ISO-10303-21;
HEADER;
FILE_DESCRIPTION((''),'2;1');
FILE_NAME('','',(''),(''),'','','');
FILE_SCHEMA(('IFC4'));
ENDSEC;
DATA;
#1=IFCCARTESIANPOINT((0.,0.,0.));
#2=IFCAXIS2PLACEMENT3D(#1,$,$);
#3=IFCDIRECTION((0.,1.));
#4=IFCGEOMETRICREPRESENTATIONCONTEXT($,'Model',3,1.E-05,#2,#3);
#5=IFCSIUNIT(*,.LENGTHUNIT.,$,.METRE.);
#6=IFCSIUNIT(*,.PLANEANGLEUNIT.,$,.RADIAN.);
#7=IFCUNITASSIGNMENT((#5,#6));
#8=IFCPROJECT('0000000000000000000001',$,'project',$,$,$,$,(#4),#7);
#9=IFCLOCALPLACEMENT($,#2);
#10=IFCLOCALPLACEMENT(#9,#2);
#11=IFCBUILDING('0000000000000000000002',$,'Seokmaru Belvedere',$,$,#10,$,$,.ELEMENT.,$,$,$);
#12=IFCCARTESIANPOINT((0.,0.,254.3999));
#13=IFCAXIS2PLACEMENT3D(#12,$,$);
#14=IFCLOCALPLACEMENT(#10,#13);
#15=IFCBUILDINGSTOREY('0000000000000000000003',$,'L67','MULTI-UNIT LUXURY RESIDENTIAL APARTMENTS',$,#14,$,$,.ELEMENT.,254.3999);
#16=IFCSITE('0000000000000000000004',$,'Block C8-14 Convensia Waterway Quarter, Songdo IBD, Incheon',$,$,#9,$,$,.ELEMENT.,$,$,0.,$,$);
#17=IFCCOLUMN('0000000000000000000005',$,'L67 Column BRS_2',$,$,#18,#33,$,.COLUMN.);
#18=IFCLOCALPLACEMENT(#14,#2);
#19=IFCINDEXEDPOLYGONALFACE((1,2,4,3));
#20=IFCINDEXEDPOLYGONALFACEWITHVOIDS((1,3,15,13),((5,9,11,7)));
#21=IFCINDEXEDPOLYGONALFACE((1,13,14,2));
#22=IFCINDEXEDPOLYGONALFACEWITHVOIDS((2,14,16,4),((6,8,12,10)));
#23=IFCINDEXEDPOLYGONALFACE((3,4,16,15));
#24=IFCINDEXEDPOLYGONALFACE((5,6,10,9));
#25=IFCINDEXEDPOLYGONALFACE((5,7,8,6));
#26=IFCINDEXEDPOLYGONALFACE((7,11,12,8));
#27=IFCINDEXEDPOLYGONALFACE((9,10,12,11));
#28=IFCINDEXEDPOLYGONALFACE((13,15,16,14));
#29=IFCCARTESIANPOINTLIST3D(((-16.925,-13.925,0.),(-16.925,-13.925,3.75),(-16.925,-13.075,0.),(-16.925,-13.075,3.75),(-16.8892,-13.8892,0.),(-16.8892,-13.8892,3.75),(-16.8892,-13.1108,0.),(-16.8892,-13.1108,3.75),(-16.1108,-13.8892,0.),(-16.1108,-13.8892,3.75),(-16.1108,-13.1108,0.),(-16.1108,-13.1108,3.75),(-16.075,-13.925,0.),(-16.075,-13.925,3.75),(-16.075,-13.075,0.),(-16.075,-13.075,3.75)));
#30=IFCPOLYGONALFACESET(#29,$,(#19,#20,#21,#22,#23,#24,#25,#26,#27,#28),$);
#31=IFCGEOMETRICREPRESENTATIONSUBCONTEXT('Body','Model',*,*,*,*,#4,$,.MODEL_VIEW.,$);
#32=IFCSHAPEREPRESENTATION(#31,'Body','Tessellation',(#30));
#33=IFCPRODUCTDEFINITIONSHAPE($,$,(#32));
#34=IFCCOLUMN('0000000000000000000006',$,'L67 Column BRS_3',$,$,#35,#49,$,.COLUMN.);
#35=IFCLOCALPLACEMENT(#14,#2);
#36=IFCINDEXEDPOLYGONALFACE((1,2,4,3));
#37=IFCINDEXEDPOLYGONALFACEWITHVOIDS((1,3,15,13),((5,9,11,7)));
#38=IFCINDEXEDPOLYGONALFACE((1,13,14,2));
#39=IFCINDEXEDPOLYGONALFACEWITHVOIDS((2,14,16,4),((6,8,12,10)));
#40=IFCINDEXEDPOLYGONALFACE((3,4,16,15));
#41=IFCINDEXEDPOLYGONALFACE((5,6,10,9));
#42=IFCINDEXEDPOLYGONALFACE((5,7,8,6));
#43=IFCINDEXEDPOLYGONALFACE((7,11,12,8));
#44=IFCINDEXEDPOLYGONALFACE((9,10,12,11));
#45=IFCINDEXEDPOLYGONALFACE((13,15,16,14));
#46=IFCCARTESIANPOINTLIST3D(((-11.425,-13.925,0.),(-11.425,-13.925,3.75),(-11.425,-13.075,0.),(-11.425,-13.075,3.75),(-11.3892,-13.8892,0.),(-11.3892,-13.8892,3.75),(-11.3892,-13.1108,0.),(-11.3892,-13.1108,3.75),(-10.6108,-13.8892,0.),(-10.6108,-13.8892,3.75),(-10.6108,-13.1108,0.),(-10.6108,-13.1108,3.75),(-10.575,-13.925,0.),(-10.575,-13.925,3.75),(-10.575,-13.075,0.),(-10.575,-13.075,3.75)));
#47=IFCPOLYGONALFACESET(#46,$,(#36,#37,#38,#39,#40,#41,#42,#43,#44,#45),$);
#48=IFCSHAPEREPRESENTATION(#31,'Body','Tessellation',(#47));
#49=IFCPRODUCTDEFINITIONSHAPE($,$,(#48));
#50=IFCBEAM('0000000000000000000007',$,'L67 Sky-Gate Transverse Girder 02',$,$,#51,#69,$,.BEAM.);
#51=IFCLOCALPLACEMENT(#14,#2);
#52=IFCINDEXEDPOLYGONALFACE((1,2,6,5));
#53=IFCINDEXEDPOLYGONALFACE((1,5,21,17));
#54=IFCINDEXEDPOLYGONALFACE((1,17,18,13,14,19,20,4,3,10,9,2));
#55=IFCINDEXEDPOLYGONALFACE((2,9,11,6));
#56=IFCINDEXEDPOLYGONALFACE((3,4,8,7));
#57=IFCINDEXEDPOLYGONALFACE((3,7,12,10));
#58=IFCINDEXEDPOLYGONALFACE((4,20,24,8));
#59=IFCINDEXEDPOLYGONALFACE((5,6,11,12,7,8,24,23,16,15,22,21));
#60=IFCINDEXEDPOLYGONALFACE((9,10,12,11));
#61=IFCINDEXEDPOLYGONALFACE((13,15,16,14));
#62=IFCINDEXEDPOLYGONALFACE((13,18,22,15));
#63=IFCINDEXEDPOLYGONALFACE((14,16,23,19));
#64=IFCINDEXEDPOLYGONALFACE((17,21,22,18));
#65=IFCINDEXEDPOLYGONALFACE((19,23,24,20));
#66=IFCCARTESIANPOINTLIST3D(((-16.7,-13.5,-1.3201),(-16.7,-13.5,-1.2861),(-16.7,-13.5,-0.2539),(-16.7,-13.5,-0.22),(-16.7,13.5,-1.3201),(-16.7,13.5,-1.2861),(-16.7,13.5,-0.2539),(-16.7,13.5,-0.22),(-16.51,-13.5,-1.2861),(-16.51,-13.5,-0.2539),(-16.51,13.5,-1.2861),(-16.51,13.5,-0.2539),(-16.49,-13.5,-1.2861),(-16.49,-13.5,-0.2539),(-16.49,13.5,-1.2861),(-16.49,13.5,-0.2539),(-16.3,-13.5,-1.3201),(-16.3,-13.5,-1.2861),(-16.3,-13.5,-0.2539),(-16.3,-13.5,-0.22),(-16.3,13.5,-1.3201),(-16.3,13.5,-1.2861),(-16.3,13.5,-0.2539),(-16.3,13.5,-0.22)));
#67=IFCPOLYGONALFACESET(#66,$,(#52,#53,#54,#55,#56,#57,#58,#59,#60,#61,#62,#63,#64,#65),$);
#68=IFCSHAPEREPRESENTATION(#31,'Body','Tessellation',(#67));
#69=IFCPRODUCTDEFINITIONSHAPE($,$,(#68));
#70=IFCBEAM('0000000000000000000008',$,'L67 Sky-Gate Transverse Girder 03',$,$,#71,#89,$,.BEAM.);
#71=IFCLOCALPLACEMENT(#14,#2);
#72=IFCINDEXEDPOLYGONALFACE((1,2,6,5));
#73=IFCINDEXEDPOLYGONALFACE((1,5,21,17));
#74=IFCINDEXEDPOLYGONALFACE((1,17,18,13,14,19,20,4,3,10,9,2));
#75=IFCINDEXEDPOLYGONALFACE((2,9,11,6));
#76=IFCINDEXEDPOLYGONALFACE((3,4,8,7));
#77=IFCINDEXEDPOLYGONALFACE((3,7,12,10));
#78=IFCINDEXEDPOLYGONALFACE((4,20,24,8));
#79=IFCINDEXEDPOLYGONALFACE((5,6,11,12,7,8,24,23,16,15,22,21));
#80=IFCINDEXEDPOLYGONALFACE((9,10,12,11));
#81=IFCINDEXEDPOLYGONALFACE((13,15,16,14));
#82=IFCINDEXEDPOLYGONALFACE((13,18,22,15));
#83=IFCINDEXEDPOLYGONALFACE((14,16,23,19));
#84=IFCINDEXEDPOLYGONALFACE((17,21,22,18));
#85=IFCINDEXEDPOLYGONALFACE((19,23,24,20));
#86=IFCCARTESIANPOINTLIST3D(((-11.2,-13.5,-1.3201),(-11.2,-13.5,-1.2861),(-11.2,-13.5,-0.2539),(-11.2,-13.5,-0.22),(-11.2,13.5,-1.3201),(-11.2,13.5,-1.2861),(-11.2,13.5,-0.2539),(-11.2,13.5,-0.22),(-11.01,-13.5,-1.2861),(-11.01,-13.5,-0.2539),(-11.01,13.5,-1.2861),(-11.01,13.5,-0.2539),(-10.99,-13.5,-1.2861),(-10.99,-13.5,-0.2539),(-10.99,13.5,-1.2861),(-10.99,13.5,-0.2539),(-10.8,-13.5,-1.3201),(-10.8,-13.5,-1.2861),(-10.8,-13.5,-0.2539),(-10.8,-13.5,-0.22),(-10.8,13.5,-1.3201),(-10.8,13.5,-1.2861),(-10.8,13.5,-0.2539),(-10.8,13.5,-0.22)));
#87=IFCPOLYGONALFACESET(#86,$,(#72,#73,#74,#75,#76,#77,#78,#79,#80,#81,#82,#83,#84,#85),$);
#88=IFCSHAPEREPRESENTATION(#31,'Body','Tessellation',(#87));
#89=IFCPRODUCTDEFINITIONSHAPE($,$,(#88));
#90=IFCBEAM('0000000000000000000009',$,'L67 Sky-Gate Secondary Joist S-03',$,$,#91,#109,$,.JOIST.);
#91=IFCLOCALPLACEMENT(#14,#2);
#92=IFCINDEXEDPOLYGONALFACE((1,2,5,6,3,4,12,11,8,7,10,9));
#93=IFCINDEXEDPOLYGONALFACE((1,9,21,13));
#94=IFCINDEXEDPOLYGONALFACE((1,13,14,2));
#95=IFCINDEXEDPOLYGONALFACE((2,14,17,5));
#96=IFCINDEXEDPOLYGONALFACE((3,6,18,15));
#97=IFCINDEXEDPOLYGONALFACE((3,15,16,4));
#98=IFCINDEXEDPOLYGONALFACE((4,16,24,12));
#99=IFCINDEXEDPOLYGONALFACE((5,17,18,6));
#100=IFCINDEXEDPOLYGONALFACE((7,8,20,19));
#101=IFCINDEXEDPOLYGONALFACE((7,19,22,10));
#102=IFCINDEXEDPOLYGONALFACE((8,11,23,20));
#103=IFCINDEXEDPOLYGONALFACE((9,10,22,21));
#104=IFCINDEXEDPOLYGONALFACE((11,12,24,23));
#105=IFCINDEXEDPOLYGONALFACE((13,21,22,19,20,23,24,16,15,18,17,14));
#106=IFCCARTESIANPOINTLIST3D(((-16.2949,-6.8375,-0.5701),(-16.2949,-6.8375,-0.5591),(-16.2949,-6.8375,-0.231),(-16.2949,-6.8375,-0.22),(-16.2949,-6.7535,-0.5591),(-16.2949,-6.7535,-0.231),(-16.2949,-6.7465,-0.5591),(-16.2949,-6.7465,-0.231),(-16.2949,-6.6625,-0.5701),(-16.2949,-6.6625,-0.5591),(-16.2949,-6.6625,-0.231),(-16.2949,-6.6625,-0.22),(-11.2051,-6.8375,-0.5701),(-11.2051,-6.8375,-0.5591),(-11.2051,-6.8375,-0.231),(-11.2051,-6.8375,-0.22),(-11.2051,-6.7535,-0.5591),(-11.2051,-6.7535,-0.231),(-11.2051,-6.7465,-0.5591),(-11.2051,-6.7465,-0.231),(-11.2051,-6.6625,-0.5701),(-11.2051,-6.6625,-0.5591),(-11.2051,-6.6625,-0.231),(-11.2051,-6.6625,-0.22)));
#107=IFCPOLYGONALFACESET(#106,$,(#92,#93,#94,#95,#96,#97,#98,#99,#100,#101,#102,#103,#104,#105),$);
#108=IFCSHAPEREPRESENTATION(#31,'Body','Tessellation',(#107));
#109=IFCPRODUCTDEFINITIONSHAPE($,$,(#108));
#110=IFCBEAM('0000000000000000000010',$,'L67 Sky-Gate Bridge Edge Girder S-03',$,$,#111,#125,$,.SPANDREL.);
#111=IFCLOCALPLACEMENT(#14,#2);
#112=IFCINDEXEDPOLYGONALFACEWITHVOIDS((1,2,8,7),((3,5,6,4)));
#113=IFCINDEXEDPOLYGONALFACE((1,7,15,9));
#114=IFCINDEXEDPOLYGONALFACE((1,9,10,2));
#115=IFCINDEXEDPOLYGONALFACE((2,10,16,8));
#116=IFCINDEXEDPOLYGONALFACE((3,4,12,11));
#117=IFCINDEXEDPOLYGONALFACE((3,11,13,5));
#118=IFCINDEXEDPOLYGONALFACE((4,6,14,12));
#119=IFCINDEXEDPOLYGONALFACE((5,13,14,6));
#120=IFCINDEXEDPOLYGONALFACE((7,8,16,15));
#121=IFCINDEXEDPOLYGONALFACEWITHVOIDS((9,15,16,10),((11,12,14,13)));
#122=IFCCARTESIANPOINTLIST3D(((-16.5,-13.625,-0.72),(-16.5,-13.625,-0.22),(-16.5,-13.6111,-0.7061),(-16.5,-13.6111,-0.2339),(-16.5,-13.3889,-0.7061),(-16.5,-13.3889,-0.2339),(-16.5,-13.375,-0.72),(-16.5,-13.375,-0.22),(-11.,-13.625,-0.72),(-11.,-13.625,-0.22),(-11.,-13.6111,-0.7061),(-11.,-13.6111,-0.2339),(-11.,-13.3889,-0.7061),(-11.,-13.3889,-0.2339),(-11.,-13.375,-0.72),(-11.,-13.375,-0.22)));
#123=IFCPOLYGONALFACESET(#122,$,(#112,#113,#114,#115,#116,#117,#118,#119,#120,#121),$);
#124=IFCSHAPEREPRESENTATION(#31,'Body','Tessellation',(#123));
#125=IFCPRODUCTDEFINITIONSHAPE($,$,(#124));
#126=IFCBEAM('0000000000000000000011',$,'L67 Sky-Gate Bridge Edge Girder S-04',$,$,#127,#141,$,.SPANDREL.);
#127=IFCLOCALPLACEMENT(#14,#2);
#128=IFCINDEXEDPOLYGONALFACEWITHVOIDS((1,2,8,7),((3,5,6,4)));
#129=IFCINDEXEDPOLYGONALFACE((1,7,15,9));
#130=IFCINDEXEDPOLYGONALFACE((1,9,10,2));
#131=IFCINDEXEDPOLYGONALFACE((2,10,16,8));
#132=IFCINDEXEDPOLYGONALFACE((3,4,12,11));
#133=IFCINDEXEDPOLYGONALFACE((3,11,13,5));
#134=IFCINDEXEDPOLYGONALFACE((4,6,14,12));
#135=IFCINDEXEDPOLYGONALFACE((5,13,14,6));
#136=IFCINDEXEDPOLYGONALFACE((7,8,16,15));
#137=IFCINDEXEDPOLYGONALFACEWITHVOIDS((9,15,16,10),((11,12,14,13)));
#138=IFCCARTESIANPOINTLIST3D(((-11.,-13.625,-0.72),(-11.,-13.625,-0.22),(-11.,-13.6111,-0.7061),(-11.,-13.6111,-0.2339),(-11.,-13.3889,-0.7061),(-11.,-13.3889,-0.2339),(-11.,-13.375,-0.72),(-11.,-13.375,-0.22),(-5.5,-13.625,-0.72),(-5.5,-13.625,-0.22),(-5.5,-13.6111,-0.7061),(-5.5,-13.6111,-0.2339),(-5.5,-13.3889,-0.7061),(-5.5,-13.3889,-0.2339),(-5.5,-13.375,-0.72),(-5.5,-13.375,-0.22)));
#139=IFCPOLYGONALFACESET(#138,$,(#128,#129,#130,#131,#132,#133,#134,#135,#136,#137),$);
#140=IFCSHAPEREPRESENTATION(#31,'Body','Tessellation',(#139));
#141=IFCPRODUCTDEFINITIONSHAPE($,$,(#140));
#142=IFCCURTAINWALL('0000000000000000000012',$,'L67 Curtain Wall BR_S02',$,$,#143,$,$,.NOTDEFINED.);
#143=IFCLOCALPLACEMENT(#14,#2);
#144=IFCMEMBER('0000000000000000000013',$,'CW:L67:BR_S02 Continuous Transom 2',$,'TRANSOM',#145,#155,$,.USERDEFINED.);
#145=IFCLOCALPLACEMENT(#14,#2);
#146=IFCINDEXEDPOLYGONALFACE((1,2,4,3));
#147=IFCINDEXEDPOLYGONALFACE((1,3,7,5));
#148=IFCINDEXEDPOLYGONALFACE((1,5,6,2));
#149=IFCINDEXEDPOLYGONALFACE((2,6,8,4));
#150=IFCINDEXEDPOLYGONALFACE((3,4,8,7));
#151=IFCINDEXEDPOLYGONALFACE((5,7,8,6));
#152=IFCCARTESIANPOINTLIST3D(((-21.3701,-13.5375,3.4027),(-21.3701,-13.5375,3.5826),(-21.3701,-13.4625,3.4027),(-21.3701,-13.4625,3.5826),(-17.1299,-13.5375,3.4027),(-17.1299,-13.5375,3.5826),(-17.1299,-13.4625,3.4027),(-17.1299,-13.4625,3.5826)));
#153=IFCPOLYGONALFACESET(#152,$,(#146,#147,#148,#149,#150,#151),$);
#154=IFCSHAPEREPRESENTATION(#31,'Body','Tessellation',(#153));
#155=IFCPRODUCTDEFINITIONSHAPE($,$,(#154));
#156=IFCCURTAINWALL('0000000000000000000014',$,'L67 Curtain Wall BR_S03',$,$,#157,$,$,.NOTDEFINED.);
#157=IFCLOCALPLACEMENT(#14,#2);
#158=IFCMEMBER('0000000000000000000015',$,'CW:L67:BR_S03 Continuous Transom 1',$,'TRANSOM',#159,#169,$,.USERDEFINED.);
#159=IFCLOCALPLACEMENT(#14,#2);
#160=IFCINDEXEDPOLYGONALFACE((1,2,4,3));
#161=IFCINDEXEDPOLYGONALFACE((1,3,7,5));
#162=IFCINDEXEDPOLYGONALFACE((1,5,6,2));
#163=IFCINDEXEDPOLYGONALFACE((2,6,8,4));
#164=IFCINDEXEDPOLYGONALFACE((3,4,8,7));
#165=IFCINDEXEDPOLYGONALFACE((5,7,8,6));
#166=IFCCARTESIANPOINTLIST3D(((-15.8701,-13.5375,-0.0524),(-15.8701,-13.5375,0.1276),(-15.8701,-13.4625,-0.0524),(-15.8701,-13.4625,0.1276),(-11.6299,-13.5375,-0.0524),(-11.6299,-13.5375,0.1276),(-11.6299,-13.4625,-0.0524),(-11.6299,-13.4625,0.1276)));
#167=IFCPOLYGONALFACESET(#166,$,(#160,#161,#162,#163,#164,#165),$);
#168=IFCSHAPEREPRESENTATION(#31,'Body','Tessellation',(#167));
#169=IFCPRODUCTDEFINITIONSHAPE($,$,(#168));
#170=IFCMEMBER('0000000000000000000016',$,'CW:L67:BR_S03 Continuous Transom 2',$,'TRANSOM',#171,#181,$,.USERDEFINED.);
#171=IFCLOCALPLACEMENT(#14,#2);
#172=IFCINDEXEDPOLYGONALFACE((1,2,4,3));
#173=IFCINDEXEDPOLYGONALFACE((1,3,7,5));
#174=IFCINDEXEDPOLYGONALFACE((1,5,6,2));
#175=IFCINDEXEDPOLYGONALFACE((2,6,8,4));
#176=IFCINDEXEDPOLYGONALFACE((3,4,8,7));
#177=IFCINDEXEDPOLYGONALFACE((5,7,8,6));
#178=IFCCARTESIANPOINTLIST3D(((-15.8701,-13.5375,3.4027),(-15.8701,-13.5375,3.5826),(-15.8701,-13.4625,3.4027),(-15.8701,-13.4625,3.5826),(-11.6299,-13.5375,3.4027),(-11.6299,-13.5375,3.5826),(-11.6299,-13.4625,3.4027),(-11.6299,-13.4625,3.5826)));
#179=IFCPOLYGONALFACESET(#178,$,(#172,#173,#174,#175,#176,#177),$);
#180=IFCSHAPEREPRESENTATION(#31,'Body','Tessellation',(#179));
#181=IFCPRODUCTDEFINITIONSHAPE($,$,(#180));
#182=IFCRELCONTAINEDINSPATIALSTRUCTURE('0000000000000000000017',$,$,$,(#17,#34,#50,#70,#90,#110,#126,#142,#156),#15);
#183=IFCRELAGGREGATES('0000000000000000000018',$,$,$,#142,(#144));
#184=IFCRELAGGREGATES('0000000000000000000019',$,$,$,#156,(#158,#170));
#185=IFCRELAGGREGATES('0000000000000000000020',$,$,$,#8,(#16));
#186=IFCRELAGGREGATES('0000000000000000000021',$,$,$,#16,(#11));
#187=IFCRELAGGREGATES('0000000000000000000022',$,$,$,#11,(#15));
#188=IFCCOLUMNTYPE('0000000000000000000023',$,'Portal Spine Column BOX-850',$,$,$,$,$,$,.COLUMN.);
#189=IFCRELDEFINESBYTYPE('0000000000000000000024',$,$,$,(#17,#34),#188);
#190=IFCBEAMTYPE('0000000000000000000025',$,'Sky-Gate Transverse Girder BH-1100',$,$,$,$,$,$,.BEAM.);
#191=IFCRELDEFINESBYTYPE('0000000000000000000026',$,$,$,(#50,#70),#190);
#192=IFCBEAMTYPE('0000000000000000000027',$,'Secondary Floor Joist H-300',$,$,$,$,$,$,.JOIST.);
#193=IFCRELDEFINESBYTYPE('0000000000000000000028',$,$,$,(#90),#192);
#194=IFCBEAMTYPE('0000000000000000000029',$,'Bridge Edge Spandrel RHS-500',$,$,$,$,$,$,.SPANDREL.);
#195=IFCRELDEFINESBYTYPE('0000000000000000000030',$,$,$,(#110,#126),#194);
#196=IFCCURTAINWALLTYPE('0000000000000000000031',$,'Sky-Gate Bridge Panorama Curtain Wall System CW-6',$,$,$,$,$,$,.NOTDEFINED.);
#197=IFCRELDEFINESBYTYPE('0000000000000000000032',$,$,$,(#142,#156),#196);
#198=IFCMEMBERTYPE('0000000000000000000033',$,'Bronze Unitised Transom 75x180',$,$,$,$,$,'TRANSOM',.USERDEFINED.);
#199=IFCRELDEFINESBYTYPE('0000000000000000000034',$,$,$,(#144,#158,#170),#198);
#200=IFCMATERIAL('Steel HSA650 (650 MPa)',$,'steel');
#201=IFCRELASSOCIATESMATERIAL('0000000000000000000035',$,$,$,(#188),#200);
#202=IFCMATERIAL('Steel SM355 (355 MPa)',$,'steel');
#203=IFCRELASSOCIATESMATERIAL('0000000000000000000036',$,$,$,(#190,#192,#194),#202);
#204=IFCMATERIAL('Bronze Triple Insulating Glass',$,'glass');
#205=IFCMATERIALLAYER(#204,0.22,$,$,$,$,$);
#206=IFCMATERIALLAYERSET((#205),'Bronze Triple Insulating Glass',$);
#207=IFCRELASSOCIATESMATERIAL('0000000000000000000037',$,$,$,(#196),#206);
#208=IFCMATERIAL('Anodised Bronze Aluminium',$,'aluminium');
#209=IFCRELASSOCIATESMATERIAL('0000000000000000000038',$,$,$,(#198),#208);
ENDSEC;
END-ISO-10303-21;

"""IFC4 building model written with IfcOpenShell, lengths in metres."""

from ifc_helpers import new_model, si_unit, direction, frame, origin, origin_2d, place, context, subcontext, project, spatial, rectangle, hollow_rectangle, i_section, extrude, source, transform, mapped, material, layer, layer_set, material_profile, profile_set, type_object, type_shapes, element, aggregate, save


model = new_model("IFC4")

# Units and contexts
model_context = context("Model", 3, precision=1e-05, world=origin(), true_north=direction((0.0, 1.0)))
body_context = subcontext(model_context, "Body", "Model", "MODEL_VIEW")
ifc_project = project(units=[si_unit("LENGTHUNIT", "METRE"), si_unit("PLANEANGLEUNIT", "RADIAN")], contexts=[model_context])

# Site, building, storey
site_placement = place(None, origin())
site = spatial("IfcSite", under=ifc_project, at=site_placement, Name="Block C8-14 Convensia Waterway Quarter, Songdo IBD, Incheon", CompositionType="ELEMENT", RefElevation=0.0)
building_placement = place(site_placement, origin())
building = spatial("IfcBuilding", under=site, at=building_placement, Name="Seokmaru Belvedere", CompositionType="ELEMENT")
storey_placement = place(building_placement, frame((0.0, 0.0, 254.3999)))
storey = spatial("IfcBuildingStorey", under=building, at=storey_placement, Name="L67", Description="MULTI-UNIT LUXURY RESIDENTIAL APARTMENTS", CompositionType="ELEMENT", Elevation=254.3999)

# Columns
ifc_material_1 = material(Name="Steel HSA650 (650 MPa)", Category="steel")
ifc_material_profile_1 = material_profile(ifc_material_1, hollow_rectangle(XDim=0.8501, YDim=0.8501, WallThickness=0.0359, at=origin_2d()), Name="BOX-850x850x36")
ifc_profile_set_1 = profile_set([ifc_material_profile_1], Name="Steel HSA650 (650 MPa)")
column_type = type_object("IfcColumnType", Name="Portal Spine Column BOX-850", PredefinedType="COLUMN", material=ifc_profile_set_1)
shared_shape_1 = source(origin(), body_context, "Body", "SweptSolid", [
    extrude(hollow_rectangle(XDim=0.8501, YDim=0.8501, WallThickness=0.0359, at=origin_2d()), origin(), (0.0, 0.0, 1.0), 3.75),
])
type_shapes(column_type, [shared_shape_1])
for number, where, z_axis, x_axis, name in (
    (1, (-16.5, -13.5, 0.0), (0.0, 0.0, 1.0), (1.0, 0.0, 0.0), "L67 Column BRS_2"),
    (2, (-11.0, -13.5, 0.0), (0.0, 0.0, 1.0), (1.0, 0.0, 0.0), "L67 Column BRS_3"),
):
    element("IfcColumn", number, at=place(storey_placement, frame(where, z_axis=z_axis, x_axis=x_axis)), inside=storey, type_object=column_type, Name=name, PredefinedType="COLUMN", context=body_context, shape_type="MappedRepresentation", body=[
        mapped(shared_shape_1, transform((0.0, 0.0, 0.0), scale=1.0)),
    ])

# Beams
ifc_material_2 = material(Name="Steel SM355 (355 MPa)", Category="steel")
ifc_material_profile_2 = material_profile(ifc_material_2, i_section(OverallWidth=0.3999, OverallDepth=1.1001, WebThickness=0.02, FlangeThickness=0.0339, at=origin_2d()), Name="BH-1100x400x20x34")
ifc_profile_set_2 = profile_set([ifc_material_profile_2], Name="Steel SM355 (355 MPa)")
beam_type_1 = type_object("IfcBeamType", Name="Sky-Gate Transverse Girder BH-1100", PredefinedType="BEAM", material=ifc_profile_set_2)
shared_shape_2 = source(origin(), body_context, "Body", "SweptSolid", [
    extrude(i_section(OverallWidth=0.3999, OverallDepth=1.1001, WebThickness=0.02, FlangeThickness=0.0339, at=origin_2d()), origin(), (0.0, 0.0, 1.0), 27.0),
])
type_shapes(beam_type_1, [shared_shape_2])
for number, where, z_axis, x_axis, name in (
    (3, (-16.5, -13.5, -0.77), (0.0, 1.0, 0.0), (-1.0, 0.0, 0.0), "L67 Sky-Gate Transverse Girder 02"),
    (4, (-11.0, -13.5, -0.77), (0.0, 1.0, 0.0), (-1.0, 0.0, 0.0), "L67 Sky-Gate Transverse Girder 03"),
):
    element("IfcBeam", number, at=place(storey_placement, frame(where, z_axis=z_axis, x_axis=x_axis)), inside=storey, type_object=beam_type_1, Name=name, PredefinedType="BEAM", context=body_context, shape_type="MappedRepresentation", body=[
        mapped(shared_shape_2, transform((0.0, 0.0, 0.0), scale=1.0)),
    ])
ifc_material_profile_3 = material_profile(ifc_material_2, i_section(OverallWidth=0.175, OverallDepth=0.3501, WebThickness=0.0071, FlangeThickness=0.011, at=origin_2d()), Name="H-350x175x7x11")
ifc_profile_set_3 = profile_set([ifc_material_profile_3], Name="Steel SM355 (355 MPa)")
beam_type_2 = type_object("IfcBeamType", Name="Secondary Floor Joist H-300", PredefinedType="JOIST", material=ifc_profile_set_3)
shared_shape_3 = source(origin(), body_context, "Body", "SweptSolid", [
    extrude(i_section(OverallWidth=0.175, OverallDepth=0.3501, WebThickness=0.0071, FlangeThickness=0.011, at=origin_2d()), origin(), (0.0, 0.0, 1.0), 5.0898),
])
type_shapes(beam_type_2, [shared_shape_3])
beam_placement = place(storey_placement, frame((-16.2949, -6.75, -0.395), z_axis=(1.0, 0.0, 0.0), x_axis=(0.0, 1.0, 0.0)))
element("IfcBeam", 5, at=beam_placement, inside=storey, type_object=beam_type_2, Name="L67 Sky-Gate Secondary Joist S-03", PredefinedType="JOIST", context=body_context, shape_type="MappedRepresentation", body=[
    mapped(shared_shape_3, transform((0.0, 0.0, 0.0), scale=1.0)),
])
ifc_material_profile_4 = material_profile(ifc_material_2, hollow_rectangle(XDim=0.25, YDim=0.5, WallThickness=0.0139, at=origin_2d()), Name="RHS-500x250x14")
ifc_profile_set_4 = profile_set([ifc_material_profile_4], Name="Steel SM355 (355 MPa)")
beam_type_3 = type_object("IfcBeamType", Name="Bridge Edge Spandrel RHS-500", PredefinedType="SPANDREL", material=ifc_profile_set_4)
shared_shape_4 = source(origin(), body_context, "Body", "SweptSolid", [
    extrude(hollow_rectangle(XDim=0.25, YDim=0.5, WallThickness=0.0139, at=origin_2d()), origin(), (0.0, 0.0, 1.0), 5.5),
])
type_shapes(beam_type_3, [shared_shape_4])
for number, where, z_axis, x_axis, name in (
    (6, (-16.5, -13.5, -0.47), (1.0, 0.0, 0.0), (0.0, 1.0, 0.0), "L67 Sky-Gate Bridge Edge Girder S-03"),
    (7, (-11.0, -13.5, -0.47), (1.0, 0.0, 0.0), (0.0, 1.0, 0.0), "L67 Sky-Gate Bridge Edge Girder S-04"),
):
    element("IfcBeam", number, at=place(storey_placement, frame(where, z_axis=z_axis, x_axis=x_axis)), inside=storey, type_object=beam_type_3, Name=name, PredefinedType="SPANDREL", context=body_context, shape_type="MappedRepresentation", body=[
        mapped(shared_shape_4, transform((0.0, 0.0, 0.0), scale=1.0)),
    ])

# Curtain wall, member
ifc_material_3 = material(Name="Bronze Triple Insulating Glass", Category="glass")
ifc_layer_1 = layer(ifc_material_3, 0.22)
ifc_layer_set_1 = layer_set([ifc_layer_1], Name="Bronze Triple Insulating Glass")
curtain_wall_type = type_object("IfcCurtainWallType", Name="Sky-Gate Bridge Panorama Curtain Wall System CW-6", PredefinedType="NOTDEFINED", material=ifc_layer_set_1)
curtain_wall_1_placement = place(storey_placement, origin())
curtain_wall_1 = element("IfcCurtainWall", 8, at=curtain_wall_1_placement, inside=storey, type_object=curtain_wall_type, Name="L67 Curtain Wall BR_S02", PredefinedType="NOTDEFINED")
ifc_material_4 = material(Name="Anodised Bronze Aluminium", Category="aluminium")
ifc_material_profile_5 = material_profile(ifc_material_4, rectangle(XDim=0.075, YDim=0.1799, at=origin_2d()), Name="CW-T-75x180")
ifc_profile_set_5 = profile_set([ifc_material_profile_5], Name="Anodised Bronze Aluminium")
member_type_1 = type_object("IfcMemberType", Name="Bronze Unitised Transom 75x180", ElementType="TRANSOM", PredefinedType="USERDEFINED", material=ifc_profile_set_5)
shared_shape_5 = source(origin(), body_context, "Body", "SweptSolid", [
    extrude(rectangle(XDim=0.075, YDim=0.1799, at=origin_2d()), origin(), (0.0, 0.0, 1.0), 4.2402),
])
type_shapes(member_type_1, [shared_shape_5])
member_1_placement = place(storey_placement, frame((-21.3701, -13.5, 3.4927), z_axis=(1.0, 0.0, 0.0), x_axis=(0.0, 1.0, 0.0)))
member_1 = element("IfcMember", 9, at=member_1_placement, type_object=member_type_1, Name="CW:L67:BR_S02 Continuous Transom 2", ObjectType="TRANSOM", PredefinedType="USERDEFINED", context=body_context, shape_type="MappedRepresentation", body=[
    mapped(shared_shape_5, transform((0.0, 0.0, 0.0), scale=1.0)),
])

# Curtain wall, members
curtain_wall_2_placement = place(storey_placement, origin())
curtain_wall_2 = element("IfcCurtainWall", 10, at=curtain_wall_2_placement, inside=storey, type_object=curtain_wall_type, Name="L67 Curtain Wall BR_S03", PredefinedType="NOTDEFINED")
member_2_placement = place(storey_placement, frame((-15.8701, -13.5, 0.0376), z_axis=(1.0, 0.0, 0.0), x_axis=(0.0, 1.0, 0.0)))
member_2 = element("IfcMember", 11, at=member_2_placement, type_object=member_type_1, Name="CW:L67:BR_S03 Continuous Transom 1", ObjectType="TRANSOM", PredefinedType="USERDEFINED", context=body_context, shape_type="MappedRepresentation", body=[
    mapped(shared_shape_5, transform((0.0, 0.0, 0.0), scale=1.0)),
])
member_3_placement = place(storey_placement, frame((-15.8701, -13.5, 3.4927), z_axis=(1.0, 0.0, 0.0), x_axis=(0.0, 1.0, 0.0)))
member_3 = element("IfcMember", 12, at=member_3_placement, type_object=member_type_1, Name="CW:L67:BR_S03 Continuous Transom 2", ObjectType="TRANSOM", PredefinedType="USERDEFINED", context=body_context, shape_type="MappedRepresentation", body=[
    mapped(shared_shape_5, transform((0.0, 0.0, 0.0), scale=1.0)),
])

aggregate(curtain_wall_1, [member_1])
aggregate(curtain_wall_2, [member_2, member_3])

save(model, "model.ifc")
